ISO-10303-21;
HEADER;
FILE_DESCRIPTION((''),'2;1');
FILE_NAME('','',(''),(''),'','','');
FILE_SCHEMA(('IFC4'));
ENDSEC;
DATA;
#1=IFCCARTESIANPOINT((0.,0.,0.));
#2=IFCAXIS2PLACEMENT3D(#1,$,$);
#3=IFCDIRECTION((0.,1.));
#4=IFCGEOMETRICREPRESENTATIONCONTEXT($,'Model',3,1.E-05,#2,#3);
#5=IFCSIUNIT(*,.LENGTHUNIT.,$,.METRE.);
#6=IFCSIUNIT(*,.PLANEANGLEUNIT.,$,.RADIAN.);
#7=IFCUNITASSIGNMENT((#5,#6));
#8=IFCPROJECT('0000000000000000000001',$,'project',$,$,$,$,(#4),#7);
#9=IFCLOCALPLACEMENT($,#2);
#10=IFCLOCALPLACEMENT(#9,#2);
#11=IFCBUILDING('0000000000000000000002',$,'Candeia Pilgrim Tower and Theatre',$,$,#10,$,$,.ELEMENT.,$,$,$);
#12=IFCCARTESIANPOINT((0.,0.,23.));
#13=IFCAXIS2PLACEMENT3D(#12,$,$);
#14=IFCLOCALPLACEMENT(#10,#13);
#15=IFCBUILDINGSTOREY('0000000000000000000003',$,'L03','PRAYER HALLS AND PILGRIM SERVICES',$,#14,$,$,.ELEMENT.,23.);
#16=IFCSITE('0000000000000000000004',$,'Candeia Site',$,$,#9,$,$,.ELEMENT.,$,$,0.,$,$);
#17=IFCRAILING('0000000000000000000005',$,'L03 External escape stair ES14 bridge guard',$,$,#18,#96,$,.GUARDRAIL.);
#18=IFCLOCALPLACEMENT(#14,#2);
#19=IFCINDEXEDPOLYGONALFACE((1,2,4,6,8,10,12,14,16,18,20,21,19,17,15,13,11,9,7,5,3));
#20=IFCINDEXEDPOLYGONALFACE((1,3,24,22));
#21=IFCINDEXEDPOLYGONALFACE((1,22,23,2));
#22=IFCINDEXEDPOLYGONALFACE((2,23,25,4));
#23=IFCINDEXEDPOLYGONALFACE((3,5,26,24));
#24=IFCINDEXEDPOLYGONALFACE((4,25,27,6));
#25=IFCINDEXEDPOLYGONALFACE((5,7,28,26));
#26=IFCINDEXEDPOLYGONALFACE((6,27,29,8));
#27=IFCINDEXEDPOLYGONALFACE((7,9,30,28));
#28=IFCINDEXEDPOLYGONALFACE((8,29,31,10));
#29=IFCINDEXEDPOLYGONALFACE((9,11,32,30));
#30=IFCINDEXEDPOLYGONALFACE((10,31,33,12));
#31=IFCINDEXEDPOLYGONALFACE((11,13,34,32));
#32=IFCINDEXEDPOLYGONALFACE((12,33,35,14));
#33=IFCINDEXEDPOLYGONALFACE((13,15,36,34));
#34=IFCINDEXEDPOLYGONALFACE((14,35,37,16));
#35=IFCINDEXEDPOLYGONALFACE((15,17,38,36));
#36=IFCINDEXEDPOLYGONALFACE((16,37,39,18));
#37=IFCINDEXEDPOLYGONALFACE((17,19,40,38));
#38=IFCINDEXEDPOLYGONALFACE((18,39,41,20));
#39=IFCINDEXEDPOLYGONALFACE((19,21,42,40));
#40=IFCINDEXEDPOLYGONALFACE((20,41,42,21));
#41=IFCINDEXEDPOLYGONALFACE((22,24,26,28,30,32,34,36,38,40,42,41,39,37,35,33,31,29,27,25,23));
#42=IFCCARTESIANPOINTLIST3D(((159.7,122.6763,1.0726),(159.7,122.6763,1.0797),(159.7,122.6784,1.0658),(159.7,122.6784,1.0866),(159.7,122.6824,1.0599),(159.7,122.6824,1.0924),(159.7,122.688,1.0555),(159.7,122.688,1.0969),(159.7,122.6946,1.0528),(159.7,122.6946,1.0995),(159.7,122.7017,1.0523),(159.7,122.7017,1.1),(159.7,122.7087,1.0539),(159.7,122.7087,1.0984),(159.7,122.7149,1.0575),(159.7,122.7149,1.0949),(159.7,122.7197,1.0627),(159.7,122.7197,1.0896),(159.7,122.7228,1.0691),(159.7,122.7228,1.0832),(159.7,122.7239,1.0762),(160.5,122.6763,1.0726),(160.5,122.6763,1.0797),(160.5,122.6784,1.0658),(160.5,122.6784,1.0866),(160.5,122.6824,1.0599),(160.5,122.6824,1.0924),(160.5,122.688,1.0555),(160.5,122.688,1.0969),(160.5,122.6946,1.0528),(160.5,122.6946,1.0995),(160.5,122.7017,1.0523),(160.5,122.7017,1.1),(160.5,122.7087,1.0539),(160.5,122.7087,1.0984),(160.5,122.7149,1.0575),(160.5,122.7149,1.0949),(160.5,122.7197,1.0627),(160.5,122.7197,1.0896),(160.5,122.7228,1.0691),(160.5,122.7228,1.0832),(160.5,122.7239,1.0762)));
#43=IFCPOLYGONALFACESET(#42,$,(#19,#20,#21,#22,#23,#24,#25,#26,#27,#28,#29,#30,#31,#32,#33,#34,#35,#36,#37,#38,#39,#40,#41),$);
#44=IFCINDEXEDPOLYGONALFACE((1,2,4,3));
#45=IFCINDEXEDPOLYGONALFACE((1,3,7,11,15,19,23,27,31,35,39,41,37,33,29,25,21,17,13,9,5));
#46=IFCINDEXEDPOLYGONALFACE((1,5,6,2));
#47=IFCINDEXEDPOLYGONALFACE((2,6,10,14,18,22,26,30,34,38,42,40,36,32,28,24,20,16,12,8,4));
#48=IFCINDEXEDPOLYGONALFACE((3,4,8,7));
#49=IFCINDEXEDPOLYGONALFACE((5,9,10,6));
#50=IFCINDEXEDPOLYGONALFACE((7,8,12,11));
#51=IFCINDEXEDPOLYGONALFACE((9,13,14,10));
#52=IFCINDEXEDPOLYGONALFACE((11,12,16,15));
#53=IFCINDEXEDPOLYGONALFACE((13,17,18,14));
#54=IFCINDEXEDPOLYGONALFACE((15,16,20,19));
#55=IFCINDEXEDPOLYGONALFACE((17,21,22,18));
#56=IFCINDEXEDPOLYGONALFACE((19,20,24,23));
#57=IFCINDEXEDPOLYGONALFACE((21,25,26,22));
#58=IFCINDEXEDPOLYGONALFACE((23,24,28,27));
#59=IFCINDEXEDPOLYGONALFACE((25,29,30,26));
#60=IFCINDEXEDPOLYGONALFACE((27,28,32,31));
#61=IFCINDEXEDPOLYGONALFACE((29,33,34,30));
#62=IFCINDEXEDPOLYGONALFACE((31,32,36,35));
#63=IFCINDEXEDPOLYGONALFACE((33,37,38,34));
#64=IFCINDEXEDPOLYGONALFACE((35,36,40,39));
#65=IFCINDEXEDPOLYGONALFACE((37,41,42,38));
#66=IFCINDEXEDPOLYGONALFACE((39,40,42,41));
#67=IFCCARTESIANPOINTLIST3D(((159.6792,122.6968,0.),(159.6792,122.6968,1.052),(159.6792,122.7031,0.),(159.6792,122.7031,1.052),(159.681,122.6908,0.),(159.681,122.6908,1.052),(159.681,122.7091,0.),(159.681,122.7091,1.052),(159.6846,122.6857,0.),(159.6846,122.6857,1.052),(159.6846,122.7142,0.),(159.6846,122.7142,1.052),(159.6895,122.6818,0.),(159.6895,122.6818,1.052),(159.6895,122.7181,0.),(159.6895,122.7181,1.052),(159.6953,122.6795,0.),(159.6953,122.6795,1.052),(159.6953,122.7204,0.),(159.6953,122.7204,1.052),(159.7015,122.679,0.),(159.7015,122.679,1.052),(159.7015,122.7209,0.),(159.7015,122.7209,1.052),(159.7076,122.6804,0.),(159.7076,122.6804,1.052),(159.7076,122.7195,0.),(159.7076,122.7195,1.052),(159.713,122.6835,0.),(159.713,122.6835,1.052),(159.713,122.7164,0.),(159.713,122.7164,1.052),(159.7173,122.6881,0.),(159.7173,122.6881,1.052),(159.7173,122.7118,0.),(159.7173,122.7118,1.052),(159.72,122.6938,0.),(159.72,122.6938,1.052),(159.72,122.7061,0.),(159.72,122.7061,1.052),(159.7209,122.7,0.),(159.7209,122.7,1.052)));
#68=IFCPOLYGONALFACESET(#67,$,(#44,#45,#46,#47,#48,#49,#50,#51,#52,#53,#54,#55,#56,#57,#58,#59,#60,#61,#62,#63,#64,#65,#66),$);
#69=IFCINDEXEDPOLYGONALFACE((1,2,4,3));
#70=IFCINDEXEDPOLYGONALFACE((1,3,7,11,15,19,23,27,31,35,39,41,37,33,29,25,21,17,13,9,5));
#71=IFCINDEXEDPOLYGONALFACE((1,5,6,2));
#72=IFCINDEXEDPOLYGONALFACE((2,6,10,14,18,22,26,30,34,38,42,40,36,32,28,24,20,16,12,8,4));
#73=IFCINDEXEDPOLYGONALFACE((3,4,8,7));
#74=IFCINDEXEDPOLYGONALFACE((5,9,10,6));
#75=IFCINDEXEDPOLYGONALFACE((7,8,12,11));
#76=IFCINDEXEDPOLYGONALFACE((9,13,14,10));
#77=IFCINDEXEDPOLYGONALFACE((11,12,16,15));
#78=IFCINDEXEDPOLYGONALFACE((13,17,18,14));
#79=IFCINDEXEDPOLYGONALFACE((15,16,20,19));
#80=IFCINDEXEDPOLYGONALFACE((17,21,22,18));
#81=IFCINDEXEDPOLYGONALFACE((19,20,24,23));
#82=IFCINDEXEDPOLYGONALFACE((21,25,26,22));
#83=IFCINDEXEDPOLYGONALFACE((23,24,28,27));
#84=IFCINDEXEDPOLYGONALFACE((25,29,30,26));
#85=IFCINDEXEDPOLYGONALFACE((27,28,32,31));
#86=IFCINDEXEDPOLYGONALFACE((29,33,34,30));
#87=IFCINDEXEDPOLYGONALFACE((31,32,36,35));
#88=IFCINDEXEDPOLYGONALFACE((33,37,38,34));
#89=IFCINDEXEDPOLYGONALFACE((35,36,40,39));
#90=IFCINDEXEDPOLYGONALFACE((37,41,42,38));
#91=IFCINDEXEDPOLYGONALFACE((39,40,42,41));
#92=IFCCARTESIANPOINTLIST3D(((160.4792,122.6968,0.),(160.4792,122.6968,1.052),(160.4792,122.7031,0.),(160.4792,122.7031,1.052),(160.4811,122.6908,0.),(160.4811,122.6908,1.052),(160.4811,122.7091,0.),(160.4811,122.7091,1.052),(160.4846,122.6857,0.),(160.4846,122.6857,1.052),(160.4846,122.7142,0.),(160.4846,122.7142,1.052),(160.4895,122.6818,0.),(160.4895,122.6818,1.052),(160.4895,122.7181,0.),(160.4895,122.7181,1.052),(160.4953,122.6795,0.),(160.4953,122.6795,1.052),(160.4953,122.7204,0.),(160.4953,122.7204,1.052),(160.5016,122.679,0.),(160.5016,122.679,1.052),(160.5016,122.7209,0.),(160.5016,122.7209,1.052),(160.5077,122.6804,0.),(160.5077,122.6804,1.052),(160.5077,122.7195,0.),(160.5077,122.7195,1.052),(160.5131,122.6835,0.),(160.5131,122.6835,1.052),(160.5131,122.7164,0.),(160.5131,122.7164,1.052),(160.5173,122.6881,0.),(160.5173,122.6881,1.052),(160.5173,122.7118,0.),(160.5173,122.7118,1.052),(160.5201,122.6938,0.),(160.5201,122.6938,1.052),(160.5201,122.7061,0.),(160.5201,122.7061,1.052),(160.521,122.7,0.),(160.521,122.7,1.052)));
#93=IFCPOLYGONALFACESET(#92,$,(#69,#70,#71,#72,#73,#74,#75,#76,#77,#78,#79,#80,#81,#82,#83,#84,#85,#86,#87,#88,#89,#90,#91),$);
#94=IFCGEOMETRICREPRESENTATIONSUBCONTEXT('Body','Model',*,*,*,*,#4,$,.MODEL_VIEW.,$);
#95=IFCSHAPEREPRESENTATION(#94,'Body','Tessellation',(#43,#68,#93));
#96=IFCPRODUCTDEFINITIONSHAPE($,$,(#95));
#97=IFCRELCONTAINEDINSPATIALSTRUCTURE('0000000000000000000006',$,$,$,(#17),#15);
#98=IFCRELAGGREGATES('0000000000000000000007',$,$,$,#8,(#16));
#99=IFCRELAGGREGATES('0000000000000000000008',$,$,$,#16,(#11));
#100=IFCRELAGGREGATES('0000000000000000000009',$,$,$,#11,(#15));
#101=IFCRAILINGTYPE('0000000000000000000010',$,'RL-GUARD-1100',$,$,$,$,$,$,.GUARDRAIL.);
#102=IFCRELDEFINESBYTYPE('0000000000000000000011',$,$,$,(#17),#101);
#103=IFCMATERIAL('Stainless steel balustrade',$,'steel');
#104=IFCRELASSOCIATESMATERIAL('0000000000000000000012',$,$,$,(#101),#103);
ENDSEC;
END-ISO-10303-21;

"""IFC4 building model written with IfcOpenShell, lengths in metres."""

from ifc_helpers import new_model, si_unit, direction, frame, origin, origin_2d, place, context, subcontext, project, spatial, circle, extrude, material, type_object, element, save


model = new_model("IFC4")

# Units and contexts
model_context = context("Model", 3, precision=1e-05, world=origin(), true_north=direction((0.0, 1.0)))
body_context = subcontext(model_context, "Body", "Model", "MODEL_VIEW")
ifc_project = project(units=[si_unit("LENGTHUNIT", "METRE"), si_unit("PLANEANGLEUNIT", "RADIAN")], contexts=[model_context])

# Site, building, storey
site_placement = place(None, origin())
site = spatial("IfcSite", under=ifc_project, at=site_placement, Name="Candeia Site", CompositionType="ELEMENT", RefElevation=0.0)
building_placement = place(site_placement, origin())
building = spatial("IfcBuilding", under=site, at=building_placement, Name="Candeia Pilgrim Tower and Theatre", CompositionType="ELEMENT")
storey_placement = place(building_placement, frame((0.0, 0.0, 23.0)))
storey = spatial("IfcBuildingStorey", under=building, at=storey_placement, Name="L03", Description="PRAYER HALLS AND PILGRIM SERVICES", CompositionType="ELEMENT", Elevation=23.0)

# Railing
ifc_material_1 = material(Name="Stainless steel balustrade", Category="steel")
railing_type_1 = type_object("IfcRailingType", Name="RL-GUARD-1100", PredefinedType="GUARDRAIL", material=ifc_material_1)
railing_1_placement = place(storey_placement, frame((159.7, 122.7, 0.0)))
element("IfcRailing", 1, at=railing_1_placement, inside=storey, type_object=railing_type_1, Name="L03 External escape stair ES14 bridge guard", PredefinedType="GUARDRAIL", context=body_context, shape_type="SweptSolid", body=[
    extrude(circle(Radius=0.0239, at=origin_2d()), frame((0.0, 0.0, 1.0762), z_axis=(1.0, 0.0, 0.0), x_axis=(0.0, 1.0, 0.0)), (0.0, 0.0, 1.0), 0.8),
    extrude(circle(Radius=0.021, at=origin_2d()), origin(), (0.0, 0.0, 1.0), 1.052),
    extrude(circle(Radius=0.021, at=origin_2d()), frame((0.8, 0.0, 0.0)), (0.0, 0.0, 1.0), 1.052),
])

save(model, "model.ifc")
